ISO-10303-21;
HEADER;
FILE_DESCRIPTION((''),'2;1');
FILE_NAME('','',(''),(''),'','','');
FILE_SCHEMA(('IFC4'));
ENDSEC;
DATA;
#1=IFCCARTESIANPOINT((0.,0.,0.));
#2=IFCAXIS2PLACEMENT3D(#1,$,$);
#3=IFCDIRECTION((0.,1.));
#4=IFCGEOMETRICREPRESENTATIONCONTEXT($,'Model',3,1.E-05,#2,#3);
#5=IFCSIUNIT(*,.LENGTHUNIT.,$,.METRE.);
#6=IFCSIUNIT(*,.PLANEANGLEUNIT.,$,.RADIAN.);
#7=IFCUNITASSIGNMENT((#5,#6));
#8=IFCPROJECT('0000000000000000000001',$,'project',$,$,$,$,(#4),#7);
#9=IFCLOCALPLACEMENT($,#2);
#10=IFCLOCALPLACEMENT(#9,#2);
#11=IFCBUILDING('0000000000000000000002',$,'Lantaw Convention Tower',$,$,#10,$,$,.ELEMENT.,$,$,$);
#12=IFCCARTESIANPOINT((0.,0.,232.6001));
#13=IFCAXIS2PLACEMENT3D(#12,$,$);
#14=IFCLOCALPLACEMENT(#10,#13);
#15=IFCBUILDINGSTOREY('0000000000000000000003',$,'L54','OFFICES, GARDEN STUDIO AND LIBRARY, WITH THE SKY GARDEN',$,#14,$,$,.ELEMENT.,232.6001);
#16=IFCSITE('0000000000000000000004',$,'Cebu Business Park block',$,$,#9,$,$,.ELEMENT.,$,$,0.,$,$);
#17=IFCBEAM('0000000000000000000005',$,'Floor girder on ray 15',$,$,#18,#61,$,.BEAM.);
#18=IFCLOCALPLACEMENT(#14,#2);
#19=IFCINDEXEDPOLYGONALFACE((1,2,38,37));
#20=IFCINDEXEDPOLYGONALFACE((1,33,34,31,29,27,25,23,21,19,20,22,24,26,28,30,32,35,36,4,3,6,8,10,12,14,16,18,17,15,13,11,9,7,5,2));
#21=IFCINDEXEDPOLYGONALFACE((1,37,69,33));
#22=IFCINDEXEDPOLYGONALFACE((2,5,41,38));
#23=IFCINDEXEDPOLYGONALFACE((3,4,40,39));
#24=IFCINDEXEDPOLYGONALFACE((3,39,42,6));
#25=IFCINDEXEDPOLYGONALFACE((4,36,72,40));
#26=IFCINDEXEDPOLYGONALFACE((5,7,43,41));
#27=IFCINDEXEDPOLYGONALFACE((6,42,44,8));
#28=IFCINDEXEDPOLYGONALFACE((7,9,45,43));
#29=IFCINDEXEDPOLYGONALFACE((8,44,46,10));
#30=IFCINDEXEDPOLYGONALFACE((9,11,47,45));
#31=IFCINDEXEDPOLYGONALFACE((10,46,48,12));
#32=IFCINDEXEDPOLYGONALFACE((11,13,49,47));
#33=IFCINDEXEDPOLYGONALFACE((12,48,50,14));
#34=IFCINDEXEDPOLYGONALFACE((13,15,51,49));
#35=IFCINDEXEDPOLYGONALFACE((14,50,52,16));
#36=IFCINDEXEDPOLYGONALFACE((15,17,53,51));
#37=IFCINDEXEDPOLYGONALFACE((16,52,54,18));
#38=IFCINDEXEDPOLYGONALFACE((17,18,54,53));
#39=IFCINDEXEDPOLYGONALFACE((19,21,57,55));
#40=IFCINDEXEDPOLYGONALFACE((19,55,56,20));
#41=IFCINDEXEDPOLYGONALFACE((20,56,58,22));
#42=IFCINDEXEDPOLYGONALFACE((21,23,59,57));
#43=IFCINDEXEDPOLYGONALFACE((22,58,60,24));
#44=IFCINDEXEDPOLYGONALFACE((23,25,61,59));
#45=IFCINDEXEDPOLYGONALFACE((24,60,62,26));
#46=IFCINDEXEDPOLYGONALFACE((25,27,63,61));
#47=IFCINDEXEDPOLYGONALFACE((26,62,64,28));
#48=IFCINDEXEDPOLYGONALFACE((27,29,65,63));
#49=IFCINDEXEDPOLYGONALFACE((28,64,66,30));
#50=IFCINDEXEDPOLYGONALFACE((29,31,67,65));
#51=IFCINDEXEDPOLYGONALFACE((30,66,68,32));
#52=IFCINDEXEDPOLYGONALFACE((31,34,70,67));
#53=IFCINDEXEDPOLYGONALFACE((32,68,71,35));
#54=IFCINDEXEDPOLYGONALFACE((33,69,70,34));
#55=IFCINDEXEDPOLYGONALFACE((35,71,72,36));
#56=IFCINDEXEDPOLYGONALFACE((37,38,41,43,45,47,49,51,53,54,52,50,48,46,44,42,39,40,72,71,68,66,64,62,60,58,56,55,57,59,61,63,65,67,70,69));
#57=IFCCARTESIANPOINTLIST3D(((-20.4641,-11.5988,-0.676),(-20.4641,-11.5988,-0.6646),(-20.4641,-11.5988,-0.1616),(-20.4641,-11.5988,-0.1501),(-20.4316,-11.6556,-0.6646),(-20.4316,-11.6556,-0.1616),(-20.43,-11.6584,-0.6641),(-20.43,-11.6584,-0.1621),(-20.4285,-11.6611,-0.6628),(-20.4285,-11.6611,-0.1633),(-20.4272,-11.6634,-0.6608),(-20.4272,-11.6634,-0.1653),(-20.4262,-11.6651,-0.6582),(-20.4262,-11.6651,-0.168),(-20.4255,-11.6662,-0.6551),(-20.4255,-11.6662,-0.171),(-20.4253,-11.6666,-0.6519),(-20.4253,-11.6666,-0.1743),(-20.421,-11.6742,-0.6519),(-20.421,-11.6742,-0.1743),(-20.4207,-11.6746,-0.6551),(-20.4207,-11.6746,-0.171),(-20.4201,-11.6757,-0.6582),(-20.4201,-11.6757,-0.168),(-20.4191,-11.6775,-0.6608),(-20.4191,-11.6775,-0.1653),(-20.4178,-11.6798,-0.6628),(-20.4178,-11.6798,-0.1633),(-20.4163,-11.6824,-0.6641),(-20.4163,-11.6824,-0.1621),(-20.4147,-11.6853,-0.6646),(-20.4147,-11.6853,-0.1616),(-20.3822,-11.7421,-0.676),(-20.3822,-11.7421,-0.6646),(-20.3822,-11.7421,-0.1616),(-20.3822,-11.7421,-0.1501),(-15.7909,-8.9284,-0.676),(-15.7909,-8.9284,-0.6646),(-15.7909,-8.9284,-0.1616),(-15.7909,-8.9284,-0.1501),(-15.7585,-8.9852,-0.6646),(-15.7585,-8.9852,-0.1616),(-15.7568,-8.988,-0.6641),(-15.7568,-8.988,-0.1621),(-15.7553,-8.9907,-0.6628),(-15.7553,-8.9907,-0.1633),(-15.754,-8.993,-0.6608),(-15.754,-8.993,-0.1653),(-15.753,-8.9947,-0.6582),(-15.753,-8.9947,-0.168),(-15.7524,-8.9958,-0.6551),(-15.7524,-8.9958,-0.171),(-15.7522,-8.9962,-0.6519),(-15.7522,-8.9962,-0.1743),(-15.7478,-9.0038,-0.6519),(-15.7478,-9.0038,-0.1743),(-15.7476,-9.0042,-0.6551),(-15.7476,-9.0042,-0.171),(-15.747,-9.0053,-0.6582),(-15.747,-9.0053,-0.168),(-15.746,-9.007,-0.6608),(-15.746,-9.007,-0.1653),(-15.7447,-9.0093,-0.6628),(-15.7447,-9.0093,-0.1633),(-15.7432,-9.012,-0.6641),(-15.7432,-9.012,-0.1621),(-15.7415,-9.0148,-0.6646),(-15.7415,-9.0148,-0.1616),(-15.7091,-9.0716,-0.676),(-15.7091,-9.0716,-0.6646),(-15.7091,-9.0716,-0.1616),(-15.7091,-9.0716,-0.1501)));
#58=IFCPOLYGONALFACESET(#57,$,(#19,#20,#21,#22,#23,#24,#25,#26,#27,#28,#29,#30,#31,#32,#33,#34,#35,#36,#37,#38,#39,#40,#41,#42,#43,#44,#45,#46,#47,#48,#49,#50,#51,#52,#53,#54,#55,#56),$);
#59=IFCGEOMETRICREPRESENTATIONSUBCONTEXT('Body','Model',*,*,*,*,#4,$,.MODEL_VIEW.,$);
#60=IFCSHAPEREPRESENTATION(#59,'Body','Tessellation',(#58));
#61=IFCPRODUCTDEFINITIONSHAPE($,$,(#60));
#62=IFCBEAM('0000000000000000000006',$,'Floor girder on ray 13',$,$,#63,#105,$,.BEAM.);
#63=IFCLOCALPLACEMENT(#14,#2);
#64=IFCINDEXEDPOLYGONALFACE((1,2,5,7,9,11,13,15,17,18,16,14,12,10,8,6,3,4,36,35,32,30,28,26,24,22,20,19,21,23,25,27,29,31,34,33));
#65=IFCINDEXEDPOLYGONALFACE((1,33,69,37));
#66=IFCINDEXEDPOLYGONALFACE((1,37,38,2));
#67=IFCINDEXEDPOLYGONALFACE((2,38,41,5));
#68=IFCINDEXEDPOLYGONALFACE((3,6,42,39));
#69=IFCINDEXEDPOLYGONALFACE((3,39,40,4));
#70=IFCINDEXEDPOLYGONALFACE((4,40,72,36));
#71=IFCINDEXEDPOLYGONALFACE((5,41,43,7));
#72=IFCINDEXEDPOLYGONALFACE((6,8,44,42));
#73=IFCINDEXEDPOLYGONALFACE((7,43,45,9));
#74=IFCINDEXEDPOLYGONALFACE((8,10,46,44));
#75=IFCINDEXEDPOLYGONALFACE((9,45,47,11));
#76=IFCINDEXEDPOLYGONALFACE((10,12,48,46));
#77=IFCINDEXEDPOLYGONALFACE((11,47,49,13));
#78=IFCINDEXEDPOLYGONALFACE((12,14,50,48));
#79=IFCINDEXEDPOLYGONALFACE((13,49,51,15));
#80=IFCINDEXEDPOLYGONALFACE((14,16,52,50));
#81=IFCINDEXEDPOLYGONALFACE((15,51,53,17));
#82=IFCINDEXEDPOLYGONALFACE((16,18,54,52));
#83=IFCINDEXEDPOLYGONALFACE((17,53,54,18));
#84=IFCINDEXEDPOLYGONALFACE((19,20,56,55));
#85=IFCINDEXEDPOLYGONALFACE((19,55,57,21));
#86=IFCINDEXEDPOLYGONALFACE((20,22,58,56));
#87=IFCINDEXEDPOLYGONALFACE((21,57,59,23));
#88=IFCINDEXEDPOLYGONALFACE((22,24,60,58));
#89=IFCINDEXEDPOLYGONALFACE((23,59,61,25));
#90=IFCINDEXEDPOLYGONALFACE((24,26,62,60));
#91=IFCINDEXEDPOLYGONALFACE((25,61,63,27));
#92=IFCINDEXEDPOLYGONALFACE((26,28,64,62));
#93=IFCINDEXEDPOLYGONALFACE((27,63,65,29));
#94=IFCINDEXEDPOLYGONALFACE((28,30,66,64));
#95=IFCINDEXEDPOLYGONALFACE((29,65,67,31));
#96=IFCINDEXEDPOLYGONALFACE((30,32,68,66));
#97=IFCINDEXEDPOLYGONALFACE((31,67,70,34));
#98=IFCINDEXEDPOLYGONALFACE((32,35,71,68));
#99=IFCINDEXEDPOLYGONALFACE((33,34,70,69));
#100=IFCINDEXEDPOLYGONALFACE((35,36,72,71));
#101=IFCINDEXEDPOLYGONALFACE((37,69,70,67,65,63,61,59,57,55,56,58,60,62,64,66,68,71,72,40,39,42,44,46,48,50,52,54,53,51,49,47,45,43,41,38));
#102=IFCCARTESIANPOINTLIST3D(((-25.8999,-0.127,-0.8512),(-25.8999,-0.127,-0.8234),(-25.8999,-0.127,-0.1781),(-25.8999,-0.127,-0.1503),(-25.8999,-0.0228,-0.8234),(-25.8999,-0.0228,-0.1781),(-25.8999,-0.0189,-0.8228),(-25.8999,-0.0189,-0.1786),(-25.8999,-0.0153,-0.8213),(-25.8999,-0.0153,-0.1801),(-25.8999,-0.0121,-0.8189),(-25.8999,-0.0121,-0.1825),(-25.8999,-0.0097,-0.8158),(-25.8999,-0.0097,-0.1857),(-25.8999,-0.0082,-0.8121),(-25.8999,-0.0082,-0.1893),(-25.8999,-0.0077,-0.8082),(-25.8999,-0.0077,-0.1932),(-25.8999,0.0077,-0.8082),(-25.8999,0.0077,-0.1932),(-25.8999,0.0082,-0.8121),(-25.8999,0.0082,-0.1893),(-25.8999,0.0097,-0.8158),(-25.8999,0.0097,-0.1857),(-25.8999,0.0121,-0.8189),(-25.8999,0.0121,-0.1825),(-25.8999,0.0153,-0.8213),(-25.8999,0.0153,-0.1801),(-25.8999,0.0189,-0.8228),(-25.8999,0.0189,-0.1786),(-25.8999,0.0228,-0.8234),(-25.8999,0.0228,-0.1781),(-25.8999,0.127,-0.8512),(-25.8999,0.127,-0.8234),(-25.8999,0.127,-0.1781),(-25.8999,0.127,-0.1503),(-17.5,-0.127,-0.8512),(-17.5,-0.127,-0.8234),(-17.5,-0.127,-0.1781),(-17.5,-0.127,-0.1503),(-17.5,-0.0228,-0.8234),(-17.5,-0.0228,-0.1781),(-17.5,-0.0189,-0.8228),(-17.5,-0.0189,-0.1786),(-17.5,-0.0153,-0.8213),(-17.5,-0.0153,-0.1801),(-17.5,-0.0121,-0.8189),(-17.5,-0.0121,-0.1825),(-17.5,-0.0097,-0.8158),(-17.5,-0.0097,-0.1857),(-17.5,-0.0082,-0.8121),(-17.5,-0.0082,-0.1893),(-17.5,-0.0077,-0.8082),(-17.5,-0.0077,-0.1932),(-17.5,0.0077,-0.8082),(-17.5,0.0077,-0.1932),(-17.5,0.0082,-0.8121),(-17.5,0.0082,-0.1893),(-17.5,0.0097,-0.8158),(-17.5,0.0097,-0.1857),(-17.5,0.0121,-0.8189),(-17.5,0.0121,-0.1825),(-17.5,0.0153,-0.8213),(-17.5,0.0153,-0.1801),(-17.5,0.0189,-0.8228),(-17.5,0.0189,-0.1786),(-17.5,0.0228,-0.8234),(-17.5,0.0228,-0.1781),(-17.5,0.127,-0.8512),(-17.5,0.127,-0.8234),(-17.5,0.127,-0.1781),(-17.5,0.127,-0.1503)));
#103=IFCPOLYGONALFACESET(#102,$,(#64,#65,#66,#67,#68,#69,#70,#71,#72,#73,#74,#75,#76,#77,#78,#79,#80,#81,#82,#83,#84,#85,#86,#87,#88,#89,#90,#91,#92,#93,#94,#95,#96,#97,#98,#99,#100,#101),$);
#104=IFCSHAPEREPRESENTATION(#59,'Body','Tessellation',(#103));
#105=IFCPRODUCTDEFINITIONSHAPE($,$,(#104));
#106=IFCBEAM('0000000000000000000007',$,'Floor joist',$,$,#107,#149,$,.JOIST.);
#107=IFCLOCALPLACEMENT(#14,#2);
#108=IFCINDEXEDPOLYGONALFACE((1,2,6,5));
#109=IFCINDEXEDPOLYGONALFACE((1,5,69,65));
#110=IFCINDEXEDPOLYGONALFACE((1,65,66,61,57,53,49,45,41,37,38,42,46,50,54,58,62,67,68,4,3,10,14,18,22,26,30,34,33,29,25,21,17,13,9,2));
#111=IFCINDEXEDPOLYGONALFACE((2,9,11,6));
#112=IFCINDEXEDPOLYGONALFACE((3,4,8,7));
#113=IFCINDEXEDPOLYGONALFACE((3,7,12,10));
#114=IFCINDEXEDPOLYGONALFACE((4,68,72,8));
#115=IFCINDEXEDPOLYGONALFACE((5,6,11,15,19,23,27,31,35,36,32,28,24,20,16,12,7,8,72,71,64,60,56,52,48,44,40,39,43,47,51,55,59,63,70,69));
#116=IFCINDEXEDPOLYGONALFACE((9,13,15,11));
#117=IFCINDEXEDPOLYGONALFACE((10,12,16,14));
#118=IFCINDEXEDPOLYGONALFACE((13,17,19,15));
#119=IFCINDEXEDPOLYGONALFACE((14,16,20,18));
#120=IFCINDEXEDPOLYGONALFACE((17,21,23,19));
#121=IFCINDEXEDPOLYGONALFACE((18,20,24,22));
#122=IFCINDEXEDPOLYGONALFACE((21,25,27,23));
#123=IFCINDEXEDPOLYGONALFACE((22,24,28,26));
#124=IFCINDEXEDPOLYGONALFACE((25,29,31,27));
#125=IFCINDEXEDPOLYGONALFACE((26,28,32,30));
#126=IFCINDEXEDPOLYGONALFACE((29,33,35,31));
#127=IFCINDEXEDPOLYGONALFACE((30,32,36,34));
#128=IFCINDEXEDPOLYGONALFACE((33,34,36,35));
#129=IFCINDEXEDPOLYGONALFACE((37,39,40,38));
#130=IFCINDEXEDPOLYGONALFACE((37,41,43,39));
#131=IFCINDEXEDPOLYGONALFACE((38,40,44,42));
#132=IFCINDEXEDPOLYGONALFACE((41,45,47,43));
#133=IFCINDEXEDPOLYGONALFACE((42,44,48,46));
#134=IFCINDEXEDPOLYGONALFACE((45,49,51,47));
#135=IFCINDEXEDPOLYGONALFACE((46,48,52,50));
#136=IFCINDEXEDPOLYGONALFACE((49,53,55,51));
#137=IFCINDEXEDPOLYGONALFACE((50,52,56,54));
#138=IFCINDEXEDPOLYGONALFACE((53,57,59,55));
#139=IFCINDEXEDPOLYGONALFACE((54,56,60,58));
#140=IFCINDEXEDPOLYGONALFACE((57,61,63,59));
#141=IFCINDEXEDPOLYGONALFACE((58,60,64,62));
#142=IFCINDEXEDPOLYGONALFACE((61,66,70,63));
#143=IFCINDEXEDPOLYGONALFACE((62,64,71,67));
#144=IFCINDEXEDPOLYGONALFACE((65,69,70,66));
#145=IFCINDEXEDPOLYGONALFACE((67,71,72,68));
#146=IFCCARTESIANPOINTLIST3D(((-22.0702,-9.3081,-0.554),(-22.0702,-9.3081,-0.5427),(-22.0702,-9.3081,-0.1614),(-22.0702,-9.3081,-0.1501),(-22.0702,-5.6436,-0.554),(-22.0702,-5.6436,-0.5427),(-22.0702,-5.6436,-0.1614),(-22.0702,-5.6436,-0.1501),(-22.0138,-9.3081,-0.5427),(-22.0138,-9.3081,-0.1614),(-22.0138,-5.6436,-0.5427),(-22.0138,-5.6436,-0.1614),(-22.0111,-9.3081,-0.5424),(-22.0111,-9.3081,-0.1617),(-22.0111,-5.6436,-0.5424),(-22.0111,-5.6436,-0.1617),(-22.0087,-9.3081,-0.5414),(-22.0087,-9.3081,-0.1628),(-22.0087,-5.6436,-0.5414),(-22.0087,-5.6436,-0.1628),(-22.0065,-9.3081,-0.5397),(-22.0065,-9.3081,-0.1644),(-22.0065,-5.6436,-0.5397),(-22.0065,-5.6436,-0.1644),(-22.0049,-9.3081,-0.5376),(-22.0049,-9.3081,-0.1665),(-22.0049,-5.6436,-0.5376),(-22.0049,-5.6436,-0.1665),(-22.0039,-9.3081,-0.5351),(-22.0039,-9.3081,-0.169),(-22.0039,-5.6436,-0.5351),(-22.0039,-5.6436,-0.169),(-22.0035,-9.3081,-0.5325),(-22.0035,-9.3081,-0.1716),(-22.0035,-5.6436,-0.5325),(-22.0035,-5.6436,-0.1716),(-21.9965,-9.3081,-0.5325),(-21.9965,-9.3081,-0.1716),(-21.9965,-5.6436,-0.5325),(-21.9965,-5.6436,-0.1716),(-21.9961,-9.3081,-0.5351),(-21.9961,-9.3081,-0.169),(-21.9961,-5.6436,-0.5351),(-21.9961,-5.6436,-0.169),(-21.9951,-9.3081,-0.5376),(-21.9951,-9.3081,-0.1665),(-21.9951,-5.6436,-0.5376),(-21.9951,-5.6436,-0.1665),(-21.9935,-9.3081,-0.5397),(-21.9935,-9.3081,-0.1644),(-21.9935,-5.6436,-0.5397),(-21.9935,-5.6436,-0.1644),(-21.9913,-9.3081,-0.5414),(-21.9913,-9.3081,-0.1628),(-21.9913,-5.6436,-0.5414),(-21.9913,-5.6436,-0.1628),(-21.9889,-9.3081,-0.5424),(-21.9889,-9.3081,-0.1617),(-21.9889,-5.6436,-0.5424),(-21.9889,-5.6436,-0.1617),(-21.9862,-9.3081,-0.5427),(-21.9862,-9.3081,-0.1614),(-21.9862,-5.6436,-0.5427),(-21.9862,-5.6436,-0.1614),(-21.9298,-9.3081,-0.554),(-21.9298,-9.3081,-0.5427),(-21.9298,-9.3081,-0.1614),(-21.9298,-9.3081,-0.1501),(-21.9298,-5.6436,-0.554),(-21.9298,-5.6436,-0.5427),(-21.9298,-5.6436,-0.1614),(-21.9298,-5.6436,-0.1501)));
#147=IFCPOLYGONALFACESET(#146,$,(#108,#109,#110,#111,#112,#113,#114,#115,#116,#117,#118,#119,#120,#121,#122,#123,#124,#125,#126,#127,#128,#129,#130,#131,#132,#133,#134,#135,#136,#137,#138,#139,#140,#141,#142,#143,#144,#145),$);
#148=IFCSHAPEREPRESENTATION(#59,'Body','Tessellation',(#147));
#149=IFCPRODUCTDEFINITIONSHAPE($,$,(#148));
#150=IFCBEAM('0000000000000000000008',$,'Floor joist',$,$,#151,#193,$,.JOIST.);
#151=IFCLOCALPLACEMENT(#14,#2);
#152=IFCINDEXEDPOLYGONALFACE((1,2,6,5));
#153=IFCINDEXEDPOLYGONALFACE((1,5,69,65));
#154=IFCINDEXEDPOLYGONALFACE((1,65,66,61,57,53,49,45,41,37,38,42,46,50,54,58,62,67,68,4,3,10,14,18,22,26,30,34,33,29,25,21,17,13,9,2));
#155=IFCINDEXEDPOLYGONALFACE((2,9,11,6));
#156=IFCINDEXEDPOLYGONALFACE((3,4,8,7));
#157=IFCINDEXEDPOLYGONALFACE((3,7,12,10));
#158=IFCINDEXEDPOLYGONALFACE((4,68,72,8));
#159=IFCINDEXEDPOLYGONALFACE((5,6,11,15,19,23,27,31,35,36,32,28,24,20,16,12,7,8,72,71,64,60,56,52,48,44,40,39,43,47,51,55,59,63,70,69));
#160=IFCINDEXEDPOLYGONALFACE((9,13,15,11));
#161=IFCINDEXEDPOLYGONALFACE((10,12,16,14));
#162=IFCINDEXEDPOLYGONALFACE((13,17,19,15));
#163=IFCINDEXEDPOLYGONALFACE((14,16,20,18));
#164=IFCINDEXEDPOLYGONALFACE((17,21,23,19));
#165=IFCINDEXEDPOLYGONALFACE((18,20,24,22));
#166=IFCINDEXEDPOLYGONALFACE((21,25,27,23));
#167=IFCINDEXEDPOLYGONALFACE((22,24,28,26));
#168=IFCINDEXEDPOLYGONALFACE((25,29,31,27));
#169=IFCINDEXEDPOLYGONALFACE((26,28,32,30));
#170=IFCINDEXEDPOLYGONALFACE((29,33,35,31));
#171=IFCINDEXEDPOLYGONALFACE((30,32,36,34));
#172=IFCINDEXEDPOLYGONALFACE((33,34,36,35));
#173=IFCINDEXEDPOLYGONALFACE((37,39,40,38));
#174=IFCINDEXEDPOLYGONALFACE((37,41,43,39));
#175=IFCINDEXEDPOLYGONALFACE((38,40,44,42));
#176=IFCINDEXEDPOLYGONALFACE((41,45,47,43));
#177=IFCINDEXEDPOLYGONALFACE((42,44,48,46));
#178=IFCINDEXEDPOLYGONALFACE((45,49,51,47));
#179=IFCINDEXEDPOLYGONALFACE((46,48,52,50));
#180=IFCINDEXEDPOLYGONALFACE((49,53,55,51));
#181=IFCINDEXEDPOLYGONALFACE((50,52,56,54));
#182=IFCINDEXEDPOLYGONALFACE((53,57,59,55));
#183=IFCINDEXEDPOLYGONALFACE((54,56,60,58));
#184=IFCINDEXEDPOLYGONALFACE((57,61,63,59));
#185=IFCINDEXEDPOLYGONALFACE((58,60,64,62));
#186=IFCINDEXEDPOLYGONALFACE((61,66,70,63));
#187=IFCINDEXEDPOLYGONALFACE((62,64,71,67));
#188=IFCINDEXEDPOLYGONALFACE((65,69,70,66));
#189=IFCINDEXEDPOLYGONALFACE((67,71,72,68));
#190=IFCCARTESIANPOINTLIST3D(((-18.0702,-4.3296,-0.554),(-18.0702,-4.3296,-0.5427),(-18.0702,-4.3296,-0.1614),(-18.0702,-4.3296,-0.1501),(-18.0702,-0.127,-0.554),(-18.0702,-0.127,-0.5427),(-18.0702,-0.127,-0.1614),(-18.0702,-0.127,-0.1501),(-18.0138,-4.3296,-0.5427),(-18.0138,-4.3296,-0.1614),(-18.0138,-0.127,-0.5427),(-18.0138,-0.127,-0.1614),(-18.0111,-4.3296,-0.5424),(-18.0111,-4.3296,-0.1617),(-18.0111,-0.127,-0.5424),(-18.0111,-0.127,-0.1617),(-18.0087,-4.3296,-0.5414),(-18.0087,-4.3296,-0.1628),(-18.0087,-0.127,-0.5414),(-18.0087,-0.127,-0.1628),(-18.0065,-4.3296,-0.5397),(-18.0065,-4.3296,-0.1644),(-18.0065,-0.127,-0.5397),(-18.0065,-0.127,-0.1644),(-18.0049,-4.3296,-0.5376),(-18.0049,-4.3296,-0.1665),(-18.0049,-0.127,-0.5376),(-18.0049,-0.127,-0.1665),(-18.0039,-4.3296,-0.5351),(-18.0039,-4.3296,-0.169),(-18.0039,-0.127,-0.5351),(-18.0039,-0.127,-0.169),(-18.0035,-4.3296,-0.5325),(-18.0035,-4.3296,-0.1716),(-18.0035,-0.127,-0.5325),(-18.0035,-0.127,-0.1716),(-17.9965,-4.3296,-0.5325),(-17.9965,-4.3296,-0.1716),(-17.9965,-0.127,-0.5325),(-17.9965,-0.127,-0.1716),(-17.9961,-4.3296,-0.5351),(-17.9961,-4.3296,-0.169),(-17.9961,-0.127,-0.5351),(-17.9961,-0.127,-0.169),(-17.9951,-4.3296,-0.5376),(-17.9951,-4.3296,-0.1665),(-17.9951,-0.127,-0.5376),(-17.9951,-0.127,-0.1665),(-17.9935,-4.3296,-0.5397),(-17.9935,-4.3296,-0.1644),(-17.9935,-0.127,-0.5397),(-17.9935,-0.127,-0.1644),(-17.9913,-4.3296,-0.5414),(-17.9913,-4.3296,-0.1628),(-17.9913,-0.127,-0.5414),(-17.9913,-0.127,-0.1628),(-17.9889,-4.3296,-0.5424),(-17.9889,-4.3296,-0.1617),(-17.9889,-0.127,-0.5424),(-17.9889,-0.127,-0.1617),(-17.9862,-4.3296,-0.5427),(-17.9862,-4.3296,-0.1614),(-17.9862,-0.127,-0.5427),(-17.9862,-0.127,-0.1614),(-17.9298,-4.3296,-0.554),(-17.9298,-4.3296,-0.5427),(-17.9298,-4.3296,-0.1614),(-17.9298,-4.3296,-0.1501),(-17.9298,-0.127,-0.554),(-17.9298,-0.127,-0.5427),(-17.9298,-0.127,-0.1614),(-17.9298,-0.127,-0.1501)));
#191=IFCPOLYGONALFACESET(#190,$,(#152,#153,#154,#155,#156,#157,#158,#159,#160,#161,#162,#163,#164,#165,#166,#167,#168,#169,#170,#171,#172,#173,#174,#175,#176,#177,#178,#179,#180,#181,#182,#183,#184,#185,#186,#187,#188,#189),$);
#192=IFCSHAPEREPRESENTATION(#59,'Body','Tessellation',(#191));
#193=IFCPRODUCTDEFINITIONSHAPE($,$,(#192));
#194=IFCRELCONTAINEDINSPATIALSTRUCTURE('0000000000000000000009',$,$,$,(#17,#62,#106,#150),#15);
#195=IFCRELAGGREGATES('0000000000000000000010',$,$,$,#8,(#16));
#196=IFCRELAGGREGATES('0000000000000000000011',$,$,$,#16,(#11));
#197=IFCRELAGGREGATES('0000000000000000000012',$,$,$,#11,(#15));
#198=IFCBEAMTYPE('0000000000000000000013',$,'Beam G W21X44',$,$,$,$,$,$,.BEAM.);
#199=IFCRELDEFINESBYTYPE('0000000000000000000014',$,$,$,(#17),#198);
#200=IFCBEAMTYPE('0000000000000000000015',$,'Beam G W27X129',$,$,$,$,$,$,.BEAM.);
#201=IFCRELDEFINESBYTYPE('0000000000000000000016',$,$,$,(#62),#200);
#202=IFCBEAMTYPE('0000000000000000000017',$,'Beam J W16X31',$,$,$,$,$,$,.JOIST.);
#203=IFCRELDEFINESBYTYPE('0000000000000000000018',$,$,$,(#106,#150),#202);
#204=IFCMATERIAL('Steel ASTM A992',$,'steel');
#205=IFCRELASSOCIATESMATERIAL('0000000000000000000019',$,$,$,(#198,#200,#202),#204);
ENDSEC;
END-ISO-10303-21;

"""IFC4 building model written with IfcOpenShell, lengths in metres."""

from ifc_helpers import new_model, si_unit, direction, frame, origin, origin_2d, place, context, subcontext, project, spatial, i_section, extrude, material, material_profile, profile_set, type_object, element, save


model = new_model("IFC4")

# Units and contexts
model_context = context("Model", 3, precision=1e-05, world=origin(), true_north=direction((0.0, 1.0)))
body_context = subcontext(model_context, "Body", "Model", "MODEL_VIEW")
ifc_project = project(units=[si_unit("LENGTHUNIT", "METRE"), si_unit("PLANEANGLEUNIT", "RADIAN")], contexts=[model_context])

# Site, building, storey
site_placement = place(None, origin())
site = spatial("IfcSite", under=ifc_project, at=site_placement, Name="Cebu Business Park block", CompositionType="ELEMENT", RefElevation=0.0)
building_placement = place(site_placement, origin())
building = spatial("IfcBuilding", under=site, at=building_placement, Name="Lantaw Convention Tower", CompositionType="ELEMENT")
storey_placement = place(building_placement, frame((0.0, 0.0, 232.6001)))
storey = spatial("IfcBuildingStorey", under=building, at=storey_placement, Name="L54", Description="OFFICES, GARDEN STUDIO AND LIBRARY, WITH THE SKY GARDEN", CompositionType="ELEMENT", Elevation=232.6001)

# Beams
ifc_material_1 = material(Name="Steel ASTM A992", Category="steel")
ifc_material_profile_1 = material_profile(ifc_material_1, i_section(OverallWidth=0.165, OverallDepth=0.5259, WebThickness=0.0088, FlangeThickness=0.0115, FilletRadius=0.0127, at=origin_2d()), Name="W21X44")
ifc_profile_set_1 = profile_set([ifc_material_profile_1], Name="Steel ASTM A992")
beam_type_1 = type_object("IfcBeamType", Name="Beam G W21X44", PredefinedType="BEAM", material=ifc_profile_set_1)
beam_1_placement = place(storey_placement, frame((-15.75, -9.0, -0.4131), z_axis=(-0.868238, -0.496149, 0.0), x_axis=(0.496149, -0.868238, 0.0)))
element("IfcBeam", 1, at=beam_1_placement, inside=storey, type_object=beam_type_1, Name="Floor girder on ray 15", PredefinedType="BEAM", context=body_context, shape_type="SweptSolid", body=[
    extrude(i_section(OverallWidth=0.165, OverallDepth=0.5259, WebThickness=0.0088, FlangeThickness=0.0115, FilletRadius=0.0127, at=origin_2d()), origin(), (0.0, 0.0, 1.0), 5.3823),
])
ifc_material_profile_2 = material_profile(ifc_material_1, i_section(OverallWidth=0.2539, OverallDepth=0.7009, WebThickness=0.0154, FlangeThickness=0.0278, FilletRadius=0.0151, at=origin_2d()), Name="W27X129")
ifc_profile_set_2 = profile_set([ifc_material_profile_2], Name="Steel ASTM A992")
beam_type_2 = type_object("IfcBeamType", Name="Beam G W27X129", PredefinedType="BEAM", material=ifc_profile_set_2)
beam_2_placement = place(storey_placement, frame((-17.5, 0.0, -0.5007), z_axis=(-1.0, 0.0, 0.0), x_axis=(0.0, -1.0, 0.0)))
element("IfcBeam", 2, at=beam_2_placement, inside=storey, type_object=beam_type_2, Name="Floor girder on ray 13", PredefinedType="BEAM", context=body_context, shape_type="SweptSolid", body=[
    extrude(i_section(OverallWidth=0.2539, OverallDepth=0.7009, WebThickness=0.0154, FlangeThickness=0.0278, FilletRadius=0.0151, at=origin_2d()), origin(), (0.0, 0.0, 1.0), 8.3999),
])
ifc_material_profile_3 = material_profile(ifc_material_1, i_section(OverallWidth=0.1404, OverallDepth=0.4038, WebThickness=0.0071, FlangeThickness=0.0112, FilletRadius=0.0103, at=origin_2d()), Name="W16X31")
ifc_profile_set_3 = profile_set([ifc_material_profile_3], Name="Steel ASTM A992")
beam_type_3 = type_object("IfcBeamType", Name="Beam J W16X31", PredefinedType="JOIST", material=ifc_profile_set_3)
beam_3_placement = place(storey_placement, frame((-22.0, -9.3081, -0.3521), z_axis=(0.0, 1.0, 0.0), x_axis=(-1.0, 0.0, 0.0)))
element("IfcBeam", 3, at=beam_3_placement, inside=storey, type_object=beam_type_3, Name="Floor joist", PredefinedType="JOIST", context=body_context, shape_type="SweptSolid", body=[
    extrude(i_section(OverallWidth=0.1404, OverallDepth=0.4038, WebThickness=0.0071, FlangeThickness=0.0112, FilletRadius=0.0103, at=origin_2d()), origin(), (0.0, 0.0, 1.0), 3.6646),
])
beam_4_placement = place(storey_placement, frame((-18.0, -4.3296, -0.3521), z_axis=(0.0, 1.0, 0.0), x_axis=(-1.0, 0.0, 0.0)))
element("IfcBeam", 4, at=beam_4_placement, inside=storey, type_object=beam_type_3, Name="Floor joist", PredefinedType="JOIST", context=body_context, shape_type="SweptSolid", body=[
    extrude(i_section(OverallWidth=0.1404, OverallDepth=0.4038, WebThickness=0.0071, FlangeThickness=0.0112, FilletRadius=0.0103, at=origin_2d()), origin(), (0.0, 0.0, 1.0), 4.2026),
])

save(model, "model.ifc")
